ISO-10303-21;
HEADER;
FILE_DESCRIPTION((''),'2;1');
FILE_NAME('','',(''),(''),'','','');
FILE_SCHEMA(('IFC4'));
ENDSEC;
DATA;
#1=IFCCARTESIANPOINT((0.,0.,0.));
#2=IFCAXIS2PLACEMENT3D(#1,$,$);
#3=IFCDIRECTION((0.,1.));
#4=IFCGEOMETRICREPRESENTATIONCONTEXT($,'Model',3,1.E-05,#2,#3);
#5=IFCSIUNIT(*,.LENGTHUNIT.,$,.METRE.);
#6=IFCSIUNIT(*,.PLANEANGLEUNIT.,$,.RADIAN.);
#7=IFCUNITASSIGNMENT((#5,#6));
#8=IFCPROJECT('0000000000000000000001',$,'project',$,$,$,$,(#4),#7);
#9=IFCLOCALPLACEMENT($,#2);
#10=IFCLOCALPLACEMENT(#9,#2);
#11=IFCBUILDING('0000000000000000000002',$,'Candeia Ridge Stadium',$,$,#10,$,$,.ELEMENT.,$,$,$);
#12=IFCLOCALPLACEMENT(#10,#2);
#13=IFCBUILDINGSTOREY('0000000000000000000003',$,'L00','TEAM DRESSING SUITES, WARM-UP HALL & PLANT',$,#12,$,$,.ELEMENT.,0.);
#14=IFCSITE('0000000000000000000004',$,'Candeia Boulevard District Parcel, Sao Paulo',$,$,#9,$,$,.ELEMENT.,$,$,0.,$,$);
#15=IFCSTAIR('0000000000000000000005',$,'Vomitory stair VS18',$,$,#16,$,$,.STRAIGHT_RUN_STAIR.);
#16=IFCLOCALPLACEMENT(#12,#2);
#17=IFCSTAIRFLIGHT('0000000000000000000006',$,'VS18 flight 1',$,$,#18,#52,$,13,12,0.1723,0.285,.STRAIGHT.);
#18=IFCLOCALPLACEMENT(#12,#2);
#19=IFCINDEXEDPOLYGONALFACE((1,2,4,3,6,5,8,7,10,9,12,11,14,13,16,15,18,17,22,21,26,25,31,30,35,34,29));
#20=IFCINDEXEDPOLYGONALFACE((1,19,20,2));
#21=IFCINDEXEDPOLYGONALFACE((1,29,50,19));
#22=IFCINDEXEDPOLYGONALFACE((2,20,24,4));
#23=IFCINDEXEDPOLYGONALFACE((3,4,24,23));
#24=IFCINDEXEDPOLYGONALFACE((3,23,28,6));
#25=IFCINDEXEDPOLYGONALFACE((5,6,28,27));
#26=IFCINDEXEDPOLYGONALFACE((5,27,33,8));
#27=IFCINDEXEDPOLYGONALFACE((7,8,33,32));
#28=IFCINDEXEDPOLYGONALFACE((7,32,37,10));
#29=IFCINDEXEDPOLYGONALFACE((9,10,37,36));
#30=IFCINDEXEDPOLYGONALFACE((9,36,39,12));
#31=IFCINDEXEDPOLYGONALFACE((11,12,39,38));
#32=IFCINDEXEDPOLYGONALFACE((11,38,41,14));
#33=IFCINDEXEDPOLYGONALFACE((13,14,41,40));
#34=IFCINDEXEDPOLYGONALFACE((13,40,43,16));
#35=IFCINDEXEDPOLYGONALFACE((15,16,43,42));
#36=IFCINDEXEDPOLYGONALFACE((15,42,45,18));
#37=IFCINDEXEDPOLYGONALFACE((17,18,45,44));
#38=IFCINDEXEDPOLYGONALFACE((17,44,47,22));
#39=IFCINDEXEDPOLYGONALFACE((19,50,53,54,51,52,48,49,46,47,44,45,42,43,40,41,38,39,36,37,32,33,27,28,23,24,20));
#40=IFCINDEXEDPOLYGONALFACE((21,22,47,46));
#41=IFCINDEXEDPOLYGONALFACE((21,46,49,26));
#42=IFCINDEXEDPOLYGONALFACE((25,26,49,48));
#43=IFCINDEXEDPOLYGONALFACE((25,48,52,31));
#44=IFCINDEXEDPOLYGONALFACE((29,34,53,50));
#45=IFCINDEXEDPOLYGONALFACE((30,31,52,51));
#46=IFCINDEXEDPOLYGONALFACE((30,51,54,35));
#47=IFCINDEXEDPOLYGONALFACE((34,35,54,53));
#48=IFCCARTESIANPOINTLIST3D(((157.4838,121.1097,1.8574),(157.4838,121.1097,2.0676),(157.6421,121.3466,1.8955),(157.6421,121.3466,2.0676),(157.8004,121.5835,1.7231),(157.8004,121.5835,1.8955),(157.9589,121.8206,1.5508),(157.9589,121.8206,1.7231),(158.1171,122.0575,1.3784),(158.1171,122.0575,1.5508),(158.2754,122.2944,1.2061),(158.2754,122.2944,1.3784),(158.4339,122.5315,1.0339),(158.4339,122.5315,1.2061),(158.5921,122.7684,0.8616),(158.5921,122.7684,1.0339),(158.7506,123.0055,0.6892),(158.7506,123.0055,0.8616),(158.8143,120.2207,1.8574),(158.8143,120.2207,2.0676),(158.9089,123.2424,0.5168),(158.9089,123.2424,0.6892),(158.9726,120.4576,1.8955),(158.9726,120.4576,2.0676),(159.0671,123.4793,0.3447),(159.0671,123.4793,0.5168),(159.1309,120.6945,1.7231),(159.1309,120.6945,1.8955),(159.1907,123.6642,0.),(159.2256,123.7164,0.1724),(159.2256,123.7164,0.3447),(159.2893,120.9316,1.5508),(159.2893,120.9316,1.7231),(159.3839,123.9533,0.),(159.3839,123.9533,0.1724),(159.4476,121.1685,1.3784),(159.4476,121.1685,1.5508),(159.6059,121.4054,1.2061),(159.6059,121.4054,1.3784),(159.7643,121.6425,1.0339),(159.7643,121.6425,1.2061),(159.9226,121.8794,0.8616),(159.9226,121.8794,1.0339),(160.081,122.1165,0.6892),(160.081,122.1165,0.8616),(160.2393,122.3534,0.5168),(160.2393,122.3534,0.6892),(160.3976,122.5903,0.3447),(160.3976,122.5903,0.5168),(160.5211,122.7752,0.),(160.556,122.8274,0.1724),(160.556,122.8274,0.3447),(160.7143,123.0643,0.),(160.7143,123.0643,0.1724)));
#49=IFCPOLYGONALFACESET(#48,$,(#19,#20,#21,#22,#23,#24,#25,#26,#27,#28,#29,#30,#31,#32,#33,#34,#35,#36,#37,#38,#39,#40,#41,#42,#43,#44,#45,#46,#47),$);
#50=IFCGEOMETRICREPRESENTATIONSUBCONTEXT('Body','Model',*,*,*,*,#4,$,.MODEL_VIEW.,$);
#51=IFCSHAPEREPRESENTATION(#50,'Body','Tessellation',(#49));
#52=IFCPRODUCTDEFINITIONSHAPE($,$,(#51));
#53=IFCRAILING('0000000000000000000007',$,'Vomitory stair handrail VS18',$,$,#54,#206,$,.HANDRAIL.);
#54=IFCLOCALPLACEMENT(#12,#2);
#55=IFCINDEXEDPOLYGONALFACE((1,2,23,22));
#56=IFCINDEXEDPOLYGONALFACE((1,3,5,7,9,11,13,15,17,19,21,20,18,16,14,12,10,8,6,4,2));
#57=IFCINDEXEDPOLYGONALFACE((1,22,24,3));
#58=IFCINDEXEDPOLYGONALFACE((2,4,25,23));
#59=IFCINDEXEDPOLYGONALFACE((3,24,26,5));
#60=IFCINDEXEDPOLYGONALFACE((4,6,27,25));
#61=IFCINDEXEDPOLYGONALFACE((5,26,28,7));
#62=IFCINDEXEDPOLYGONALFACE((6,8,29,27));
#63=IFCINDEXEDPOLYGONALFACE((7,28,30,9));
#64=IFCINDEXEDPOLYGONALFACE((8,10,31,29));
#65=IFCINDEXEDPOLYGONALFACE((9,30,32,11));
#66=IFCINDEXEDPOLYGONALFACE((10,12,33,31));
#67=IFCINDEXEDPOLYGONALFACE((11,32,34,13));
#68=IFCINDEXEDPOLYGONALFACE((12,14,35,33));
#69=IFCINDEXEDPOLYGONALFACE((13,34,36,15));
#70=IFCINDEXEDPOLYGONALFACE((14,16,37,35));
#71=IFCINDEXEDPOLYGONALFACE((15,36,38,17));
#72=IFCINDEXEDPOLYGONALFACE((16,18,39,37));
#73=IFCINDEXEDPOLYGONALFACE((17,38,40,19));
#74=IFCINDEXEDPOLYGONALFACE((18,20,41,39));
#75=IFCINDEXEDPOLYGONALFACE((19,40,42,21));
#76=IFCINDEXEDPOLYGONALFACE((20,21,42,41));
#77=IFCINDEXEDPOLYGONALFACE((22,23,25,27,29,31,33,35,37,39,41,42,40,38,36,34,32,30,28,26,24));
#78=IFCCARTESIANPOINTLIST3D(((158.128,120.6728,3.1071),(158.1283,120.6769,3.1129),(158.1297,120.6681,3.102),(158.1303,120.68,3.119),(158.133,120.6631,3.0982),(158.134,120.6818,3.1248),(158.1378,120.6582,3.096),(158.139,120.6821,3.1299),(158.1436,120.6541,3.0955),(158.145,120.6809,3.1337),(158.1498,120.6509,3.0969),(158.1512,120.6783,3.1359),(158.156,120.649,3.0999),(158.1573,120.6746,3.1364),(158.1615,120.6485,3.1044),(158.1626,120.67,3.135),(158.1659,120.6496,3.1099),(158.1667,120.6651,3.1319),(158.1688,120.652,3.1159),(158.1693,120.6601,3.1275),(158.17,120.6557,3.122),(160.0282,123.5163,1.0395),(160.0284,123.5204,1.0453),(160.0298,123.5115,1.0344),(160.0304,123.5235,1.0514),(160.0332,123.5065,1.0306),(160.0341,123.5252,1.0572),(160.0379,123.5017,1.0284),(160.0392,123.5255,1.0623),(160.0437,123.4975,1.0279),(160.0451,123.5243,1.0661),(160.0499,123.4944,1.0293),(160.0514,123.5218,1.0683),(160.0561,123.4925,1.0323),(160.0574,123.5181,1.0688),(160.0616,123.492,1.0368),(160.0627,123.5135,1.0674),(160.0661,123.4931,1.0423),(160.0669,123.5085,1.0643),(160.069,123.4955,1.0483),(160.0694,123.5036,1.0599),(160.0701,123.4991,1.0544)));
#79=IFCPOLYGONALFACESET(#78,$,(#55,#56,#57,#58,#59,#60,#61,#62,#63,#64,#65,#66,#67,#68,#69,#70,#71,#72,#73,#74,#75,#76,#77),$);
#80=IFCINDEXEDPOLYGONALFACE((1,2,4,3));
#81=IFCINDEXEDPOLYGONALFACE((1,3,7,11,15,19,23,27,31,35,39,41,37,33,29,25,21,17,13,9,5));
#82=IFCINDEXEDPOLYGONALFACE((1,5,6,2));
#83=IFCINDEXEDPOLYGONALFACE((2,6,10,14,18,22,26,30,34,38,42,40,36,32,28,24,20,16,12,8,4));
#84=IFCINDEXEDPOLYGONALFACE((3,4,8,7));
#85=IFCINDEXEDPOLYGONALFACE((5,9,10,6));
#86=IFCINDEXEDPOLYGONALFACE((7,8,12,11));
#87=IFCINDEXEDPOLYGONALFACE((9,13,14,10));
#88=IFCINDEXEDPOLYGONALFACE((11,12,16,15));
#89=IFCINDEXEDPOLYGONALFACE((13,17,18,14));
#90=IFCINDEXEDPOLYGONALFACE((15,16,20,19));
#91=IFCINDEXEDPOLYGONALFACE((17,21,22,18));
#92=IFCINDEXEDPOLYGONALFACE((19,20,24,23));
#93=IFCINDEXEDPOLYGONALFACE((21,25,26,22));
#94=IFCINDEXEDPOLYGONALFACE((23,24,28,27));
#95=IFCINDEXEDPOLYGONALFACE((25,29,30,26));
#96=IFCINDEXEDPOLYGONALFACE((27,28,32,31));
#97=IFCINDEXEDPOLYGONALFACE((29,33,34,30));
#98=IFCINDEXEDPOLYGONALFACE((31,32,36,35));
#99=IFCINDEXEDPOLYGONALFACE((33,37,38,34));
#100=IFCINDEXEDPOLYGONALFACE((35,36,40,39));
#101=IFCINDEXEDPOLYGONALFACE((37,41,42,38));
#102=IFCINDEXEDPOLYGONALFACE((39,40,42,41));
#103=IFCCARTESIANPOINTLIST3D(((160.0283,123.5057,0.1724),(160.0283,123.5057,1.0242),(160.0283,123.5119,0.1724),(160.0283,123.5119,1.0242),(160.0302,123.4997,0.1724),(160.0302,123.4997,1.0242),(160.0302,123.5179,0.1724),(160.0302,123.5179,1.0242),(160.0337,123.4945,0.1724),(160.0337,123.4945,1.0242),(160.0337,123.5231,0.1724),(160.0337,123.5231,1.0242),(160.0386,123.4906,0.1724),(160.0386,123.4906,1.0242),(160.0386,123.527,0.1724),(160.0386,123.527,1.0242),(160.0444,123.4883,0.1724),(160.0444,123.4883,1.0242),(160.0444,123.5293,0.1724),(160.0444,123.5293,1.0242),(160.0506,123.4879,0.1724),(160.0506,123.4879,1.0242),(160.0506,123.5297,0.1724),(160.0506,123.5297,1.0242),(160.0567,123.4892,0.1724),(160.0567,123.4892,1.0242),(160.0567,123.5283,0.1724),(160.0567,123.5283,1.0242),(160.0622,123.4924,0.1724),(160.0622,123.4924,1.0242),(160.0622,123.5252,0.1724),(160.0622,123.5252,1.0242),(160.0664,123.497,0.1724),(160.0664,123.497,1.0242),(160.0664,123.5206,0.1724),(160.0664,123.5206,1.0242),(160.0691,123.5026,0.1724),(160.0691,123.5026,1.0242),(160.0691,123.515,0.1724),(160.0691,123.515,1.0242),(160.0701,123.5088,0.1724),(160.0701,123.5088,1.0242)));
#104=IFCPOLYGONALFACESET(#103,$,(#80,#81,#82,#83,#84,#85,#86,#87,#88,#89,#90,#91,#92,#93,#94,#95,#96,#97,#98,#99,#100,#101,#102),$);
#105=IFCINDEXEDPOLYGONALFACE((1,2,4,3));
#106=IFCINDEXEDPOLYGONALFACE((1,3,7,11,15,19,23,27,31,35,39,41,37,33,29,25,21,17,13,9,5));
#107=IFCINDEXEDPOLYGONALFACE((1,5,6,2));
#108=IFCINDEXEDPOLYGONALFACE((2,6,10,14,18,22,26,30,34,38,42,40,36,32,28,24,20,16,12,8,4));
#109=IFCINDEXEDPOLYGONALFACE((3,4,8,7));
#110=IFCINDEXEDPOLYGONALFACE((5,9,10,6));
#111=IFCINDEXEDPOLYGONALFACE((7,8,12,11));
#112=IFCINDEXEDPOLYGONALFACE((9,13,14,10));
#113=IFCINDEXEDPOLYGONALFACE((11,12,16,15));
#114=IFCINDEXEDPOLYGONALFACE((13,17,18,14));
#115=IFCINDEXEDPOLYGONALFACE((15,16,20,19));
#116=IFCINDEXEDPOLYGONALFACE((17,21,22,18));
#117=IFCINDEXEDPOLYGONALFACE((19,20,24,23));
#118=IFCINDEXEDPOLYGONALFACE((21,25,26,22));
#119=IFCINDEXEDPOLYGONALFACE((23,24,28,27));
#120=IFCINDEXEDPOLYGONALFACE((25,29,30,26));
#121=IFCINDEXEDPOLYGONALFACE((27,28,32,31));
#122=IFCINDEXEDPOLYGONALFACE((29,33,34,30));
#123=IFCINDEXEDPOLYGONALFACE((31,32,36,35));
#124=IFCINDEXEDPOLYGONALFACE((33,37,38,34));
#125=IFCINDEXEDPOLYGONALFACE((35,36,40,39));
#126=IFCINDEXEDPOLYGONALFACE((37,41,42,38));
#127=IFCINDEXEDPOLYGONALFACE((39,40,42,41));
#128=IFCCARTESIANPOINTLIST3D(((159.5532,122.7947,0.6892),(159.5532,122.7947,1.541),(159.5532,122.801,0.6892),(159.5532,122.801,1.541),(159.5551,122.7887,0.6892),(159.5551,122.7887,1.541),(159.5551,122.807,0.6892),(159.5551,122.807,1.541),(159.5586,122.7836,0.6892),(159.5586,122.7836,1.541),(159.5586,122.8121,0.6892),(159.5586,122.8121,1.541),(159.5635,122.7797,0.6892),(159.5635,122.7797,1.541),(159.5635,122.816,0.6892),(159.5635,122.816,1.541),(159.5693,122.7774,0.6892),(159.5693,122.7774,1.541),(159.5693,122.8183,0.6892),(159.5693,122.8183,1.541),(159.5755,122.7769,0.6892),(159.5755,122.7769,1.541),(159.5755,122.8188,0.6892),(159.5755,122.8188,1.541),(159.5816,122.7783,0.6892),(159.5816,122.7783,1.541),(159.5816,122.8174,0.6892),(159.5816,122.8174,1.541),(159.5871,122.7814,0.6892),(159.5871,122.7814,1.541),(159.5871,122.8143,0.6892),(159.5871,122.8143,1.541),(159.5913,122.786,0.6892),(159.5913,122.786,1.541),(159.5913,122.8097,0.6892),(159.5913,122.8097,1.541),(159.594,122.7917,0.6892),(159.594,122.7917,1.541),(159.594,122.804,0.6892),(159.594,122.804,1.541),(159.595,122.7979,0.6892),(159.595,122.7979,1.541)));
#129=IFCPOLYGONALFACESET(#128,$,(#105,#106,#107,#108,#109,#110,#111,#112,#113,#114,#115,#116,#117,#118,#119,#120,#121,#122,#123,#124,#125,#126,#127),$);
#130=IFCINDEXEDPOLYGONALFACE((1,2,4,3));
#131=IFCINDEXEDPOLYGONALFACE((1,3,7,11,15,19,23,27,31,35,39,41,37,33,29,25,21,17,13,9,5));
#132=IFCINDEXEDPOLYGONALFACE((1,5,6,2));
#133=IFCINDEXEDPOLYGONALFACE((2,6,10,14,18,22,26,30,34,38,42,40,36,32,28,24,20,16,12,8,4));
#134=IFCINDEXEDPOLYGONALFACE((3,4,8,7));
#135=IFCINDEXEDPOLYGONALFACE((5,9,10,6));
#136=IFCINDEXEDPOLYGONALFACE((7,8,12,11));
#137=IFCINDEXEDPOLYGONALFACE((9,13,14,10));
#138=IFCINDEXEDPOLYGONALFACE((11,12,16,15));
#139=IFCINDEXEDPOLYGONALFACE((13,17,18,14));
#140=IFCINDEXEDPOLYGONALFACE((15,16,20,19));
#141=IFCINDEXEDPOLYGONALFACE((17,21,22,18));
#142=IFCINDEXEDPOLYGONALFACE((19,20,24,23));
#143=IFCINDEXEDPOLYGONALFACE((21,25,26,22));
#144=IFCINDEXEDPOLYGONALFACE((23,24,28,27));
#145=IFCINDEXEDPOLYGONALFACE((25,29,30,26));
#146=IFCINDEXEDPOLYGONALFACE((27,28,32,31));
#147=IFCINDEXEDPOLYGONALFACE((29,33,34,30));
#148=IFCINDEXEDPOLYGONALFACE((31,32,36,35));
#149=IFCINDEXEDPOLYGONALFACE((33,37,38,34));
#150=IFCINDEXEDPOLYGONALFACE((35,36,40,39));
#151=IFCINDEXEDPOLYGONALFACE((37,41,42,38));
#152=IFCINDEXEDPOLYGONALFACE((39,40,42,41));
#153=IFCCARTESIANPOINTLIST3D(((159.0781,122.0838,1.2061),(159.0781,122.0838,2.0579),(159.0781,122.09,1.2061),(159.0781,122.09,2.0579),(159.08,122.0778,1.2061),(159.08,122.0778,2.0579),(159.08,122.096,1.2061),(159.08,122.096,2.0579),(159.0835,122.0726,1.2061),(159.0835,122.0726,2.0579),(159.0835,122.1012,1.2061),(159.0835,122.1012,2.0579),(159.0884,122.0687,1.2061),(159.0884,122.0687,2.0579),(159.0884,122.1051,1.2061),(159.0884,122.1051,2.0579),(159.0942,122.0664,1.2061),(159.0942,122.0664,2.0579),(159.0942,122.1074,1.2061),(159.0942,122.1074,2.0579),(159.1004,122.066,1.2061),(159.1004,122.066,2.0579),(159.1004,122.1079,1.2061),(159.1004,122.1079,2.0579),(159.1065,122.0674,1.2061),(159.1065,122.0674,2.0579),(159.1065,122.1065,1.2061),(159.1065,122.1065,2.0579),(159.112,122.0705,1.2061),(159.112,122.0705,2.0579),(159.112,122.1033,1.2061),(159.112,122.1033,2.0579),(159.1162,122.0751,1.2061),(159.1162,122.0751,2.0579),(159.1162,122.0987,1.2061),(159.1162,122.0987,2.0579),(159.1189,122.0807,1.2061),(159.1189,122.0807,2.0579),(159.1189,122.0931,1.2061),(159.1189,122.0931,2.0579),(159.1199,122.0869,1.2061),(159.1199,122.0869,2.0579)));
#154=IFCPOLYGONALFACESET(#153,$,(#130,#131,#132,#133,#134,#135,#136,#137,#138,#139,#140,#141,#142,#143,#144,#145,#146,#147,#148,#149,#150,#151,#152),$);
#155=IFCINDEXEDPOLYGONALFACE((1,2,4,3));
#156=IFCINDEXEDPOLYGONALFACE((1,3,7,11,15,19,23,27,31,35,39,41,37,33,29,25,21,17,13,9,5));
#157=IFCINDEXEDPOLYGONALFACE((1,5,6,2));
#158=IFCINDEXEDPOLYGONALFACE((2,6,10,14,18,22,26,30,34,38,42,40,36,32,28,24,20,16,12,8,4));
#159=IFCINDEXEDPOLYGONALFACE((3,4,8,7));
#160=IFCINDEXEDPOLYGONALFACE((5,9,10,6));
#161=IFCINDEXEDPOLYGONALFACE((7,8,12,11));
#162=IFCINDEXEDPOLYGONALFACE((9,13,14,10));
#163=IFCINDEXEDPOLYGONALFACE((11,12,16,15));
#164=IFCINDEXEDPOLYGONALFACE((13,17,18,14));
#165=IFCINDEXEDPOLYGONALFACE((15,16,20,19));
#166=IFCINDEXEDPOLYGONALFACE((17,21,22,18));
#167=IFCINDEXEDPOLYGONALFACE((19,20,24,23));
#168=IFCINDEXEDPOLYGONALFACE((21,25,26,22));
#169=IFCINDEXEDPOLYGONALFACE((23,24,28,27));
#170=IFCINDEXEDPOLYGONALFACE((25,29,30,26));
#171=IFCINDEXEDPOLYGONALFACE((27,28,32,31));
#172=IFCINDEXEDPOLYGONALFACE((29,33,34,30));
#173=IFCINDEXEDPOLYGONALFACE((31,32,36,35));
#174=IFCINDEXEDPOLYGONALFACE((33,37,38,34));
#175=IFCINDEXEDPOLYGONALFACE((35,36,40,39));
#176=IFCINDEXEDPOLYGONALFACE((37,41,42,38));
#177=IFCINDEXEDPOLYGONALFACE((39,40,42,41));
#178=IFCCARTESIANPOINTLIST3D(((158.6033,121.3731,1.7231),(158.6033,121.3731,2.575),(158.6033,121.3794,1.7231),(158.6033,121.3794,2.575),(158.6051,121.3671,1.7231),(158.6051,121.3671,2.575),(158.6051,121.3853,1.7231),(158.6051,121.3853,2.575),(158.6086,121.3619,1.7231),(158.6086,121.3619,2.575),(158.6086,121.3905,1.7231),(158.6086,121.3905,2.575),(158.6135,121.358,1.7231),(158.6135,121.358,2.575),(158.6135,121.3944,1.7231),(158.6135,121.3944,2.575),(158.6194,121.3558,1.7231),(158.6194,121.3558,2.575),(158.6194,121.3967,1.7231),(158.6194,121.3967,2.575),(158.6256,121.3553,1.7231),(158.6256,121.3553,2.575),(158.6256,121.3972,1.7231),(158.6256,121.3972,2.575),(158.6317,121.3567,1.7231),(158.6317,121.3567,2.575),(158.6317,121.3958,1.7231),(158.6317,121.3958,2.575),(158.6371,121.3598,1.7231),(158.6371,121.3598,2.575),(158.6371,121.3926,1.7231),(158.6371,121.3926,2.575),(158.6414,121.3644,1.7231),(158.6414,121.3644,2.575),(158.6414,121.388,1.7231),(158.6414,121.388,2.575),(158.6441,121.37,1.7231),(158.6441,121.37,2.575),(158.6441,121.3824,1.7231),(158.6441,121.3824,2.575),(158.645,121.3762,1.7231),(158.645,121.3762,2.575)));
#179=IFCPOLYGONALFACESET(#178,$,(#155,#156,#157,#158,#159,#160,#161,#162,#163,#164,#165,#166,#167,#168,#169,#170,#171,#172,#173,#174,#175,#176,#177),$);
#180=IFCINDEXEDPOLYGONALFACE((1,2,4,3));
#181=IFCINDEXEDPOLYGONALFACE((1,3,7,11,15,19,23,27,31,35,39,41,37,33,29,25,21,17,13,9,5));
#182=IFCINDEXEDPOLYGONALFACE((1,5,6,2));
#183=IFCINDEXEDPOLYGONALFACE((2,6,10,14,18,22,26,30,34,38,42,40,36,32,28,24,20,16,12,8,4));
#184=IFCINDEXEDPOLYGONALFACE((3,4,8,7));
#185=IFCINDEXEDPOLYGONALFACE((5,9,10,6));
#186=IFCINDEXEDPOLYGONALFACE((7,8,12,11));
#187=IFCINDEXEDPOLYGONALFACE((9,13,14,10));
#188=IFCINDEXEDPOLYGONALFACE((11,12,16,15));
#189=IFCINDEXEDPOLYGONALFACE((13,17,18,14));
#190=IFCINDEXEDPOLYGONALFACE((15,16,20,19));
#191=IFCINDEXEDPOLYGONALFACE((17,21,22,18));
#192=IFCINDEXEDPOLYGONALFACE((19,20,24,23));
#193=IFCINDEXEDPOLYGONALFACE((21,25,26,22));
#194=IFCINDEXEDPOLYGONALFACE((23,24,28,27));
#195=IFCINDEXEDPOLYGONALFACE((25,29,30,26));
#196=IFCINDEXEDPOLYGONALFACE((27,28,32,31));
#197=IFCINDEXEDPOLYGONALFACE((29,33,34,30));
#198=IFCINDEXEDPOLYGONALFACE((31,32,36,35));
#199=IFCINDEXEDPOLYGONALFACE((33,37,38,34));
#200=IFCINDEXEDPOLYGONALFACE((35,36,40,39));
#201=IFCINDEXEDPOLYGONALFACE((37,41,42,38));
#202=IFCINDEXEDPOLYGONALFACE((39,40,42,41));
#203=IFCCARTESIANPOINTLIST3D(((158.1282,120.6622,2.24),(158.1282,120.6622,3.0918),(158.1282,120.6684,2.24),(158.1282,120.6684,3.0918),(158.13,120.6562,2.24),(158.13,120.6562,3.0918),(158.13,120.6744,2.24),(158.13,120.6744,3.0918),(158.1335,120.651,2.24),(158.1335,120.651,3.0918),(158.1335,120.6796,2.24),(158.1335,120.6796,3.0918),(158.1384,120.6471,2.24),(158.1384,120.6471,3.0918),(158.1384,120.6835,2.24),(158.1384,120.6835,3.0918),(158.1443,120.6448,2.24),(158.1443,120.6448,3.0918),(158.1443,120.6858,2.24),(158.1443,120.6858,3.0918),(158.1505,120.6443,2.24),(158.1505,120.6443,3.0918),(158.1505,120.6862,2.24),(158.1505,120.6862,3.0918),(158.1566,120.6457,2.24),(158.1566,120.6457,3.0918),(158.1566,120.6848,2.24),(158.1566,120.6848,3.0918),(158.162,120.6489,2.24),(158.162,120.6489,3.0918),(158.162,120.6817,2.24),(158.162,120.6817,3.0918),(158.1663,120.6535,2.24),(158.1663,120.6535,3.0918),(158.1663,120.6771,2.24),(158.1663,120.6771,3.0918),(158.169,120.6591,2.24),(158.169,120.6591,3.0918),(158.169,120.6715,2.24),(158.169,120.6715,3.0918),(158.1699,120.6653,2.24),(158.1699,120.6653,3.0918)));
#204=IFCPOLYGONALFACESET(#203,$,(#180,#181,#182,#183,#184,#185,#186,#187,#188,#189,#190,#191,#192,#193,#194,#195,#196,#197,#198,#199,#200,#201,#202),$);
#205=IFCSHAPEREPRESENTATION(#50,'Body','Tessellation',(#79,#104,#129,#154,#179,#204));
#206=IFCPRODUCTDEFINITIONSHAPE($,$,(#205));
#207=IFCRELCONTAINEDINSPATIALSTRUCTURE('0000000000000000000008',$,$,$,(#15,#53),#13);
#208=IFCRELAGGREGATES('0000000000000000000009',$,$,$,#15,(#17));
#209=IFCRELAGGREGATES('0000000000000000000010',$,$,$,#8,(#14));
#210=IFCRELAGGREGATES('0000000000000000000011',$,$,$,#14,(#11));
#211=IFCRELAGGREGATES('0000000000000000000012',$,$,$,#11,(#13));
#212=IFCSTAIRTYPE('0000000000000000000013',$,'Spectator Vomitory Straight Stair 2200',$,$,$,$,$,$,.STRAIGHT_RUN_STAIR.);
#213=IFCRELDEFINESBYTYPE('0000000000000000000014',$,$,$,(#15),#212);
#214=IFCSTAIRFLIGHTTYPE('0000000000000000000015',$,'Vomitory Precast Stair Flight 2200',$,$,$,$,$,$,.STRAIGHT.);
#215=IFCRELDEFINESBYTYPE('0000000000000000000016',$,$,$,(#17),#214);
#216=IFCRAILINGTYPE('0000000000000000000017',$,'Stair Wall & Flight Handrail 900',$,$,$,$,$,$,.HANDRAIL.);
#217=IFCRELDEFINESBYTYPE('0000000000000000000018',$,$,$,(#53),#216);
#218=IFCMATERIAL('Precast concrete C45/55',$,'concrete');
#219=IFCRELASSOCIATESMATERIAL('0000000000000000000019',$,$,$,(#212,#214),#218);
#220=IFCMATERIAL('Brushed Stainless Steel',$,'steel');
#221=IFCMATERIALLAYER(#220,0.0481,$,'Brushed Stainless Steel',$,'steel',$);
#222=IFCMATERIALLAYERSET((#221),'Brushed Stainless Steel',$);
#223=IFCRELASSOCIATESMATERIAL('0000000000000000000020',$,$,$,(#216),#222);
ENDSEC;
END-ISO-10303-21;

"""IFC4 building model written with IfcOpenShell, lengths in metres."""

from ifc_helpers import new_model, si_unit, direction, frame, origin, origin_2d, place, context, subcontext, project, spatial, polyline, circle, outline, extrude, material, layer, layer_set, type_object, element, aggregate, save


model = new_model("IFC4")

# Units and contexts
model_context = context("Model", 3, precision=1e-05, world=origin(), true_north=direction((0.0, 1.0)))
body_context = subcontext(model_context, "Body", "Model", "MODEL_VIEW")
ifc_project = project(units=[si_unit("LENGTHUNIT", "METRE"), si_unit("PLANEANGLEUNIT", "RADIAN")], contexts=[model_context])

# Site, building, storey
site_placement = place(None, origin())
site = spatial("IfcSite", under=ifc_project, at=site_placement, Name="Candeia Boulevard District Parcel, Sao Paulo", CompositionType="ELEMENT", RefElevation=0.0)
building_placement = place(site_placement, origin())
building = spatial("IfcBuilding", under=site, at=building_placement, Name="Candeia Ridge Stadium", CompositionType="ELEMENT")
storey_placement = place(building_placement, origin())
storey = spatial("IfcBuildingStorey", under=building, at=storey_placement, Name="L00", Description="TEAM DRESSING SUITES, WARM-UP HALL & PLANT", CompositionType="ELEMENT", Elevation=0.0)

# Shared definitions
ifc_material_1 = material(Name="Precast concrete C45/55", Category="concrete")

# Stair, stair flight
stair_type = type_object("IfcStairType", Name="Spectator Vomitory Straight Stair 2200", PredefinedType="STRAIGHT_RUN_STAIR", material=ifc_material_1)
stair_placement = place(storey_placement, origin())
stair = element("IfcStair", 1, at=stair_placement, inside=storey, type_object=stair_type, Name="Vomitory stair VS18", PredefinedType="STRAIGHT_RUN_STAIR")
stair_flight_type = type_object("IfcStairFlightType", Name="Vomitory Precast Stair Flight 2200", PredefinedType="STRAIGHT", material=ifc_material_1)
stair_flight_placement = place(storey_placement, frame((160.0491, 123.5088, 0.0), z_axis=(0.0, 0.0, 1.0), x_axis=(-0.55557, -0.83147, 0.0)))
stair_flight = element("IfcStairFlight", 2, at=stair_flight_placement, type_object=stair_flight_type, Name="VS18 flight 1", NumberOfRisers=13, NumberOfTreads=12, PredefinedType="STRAIGHT", RiserHeight=0.1723, TreadLength=0.285, context=body_context, shape_type="SweptSolid", body=[
    extrude(outline(polyline([(0.0, 0.0), (0.0, 0.1724), (0.2849, 0.1724), (0.2849, 0.3447), (0.5701, 0.3447), (0.5701, 0.5168), (0.855, 0.5168), (0.855, 0.6892), (1.1399, 0.6892), (1.1399, 0.8616), (1.425, 0.8616), (1.425, 1.0339), (1.71, 1.0339), (1.71, 1.2061), (1.9951, 1.2061), (1.9951, 1.3784), (2.28, 1.3784), (2.28, 1.5508), (2.5649, 1.5508), (2.5649, 1.7231), (2.8501, 1.7231), (2.8501, 1.8955), (3.135, 1.8955), (3.135, 2.0676), (3.4199, 2.0676), (3.4199, 2.24), (3.4199, 1.8574), (0.3477, 0.0), (0.0, 0.0)])), frame((0.0, 0.8, 0.0), z_axis=(0.0, -1.0, 0.0), x_axis=(1.0, 0.0, 0.0)), (0.0, 0.0, 1.0), 1.6001),
])
aggregate(stair, [stair_flight])

# Railing
ifc_material_2 = material(Name="Brushed Stainless Steel", Category="steel")
ifc_layer_1 = layer(ifc_material_2, 0.0481, Name="Brushed Stainless Steel", Category="steel")
ifc_layer_set_1 = layer_set([ifc_layer_1], Name="Brushed Stainless Steel")
railing_type_1 = type_object("IfcRailingType", Name="Stair Wall & Flight Handrail 900", PredefinedType="HANDRAIL", material=ifc_layer_set_1)
railing_1_placement = place(storey_placement, frame((160.0491, 123.5088, 0.1724)))
element("IfcRailing", 3, at=railing_1_placement, inside=storey, type_object=railing_type_1, Name="Vomitory stair handrail VS18", PredefinedType="HANDRAIL", context=body_context, shape_type="SweptSolid", body=[
    extrude(circle(Radius=0.0239, at=origin_2d()), frame((0.0, 0.0, 0.876), z_axis=(-0.475465, -0.711518, 0.517373), x_axis=(0.831446, -0.555606, 0.0)), (0.0, 0.0, 1.0), 3.9963),
    extrude(circle(Radius=0.021, at=origin_2d()), origin(), (0.0, 0.0, 1.0), 0.8518),
    extrude(circle(Radius=0.021, at=origin_2d()), frame((-0.4751, -0.7109, 0.5168)), (0.0, 0.0, 1.0), 0.8518),
    extrude(circle(Radius=0.021, at=origin_2d()), frame((-0.9502, -1.4219, 1.0337)), (0.0, 0.0, 1.0), 0.8518),
    extrude(circle(Radius=0.021, at=origin_2d()), frame((-1.425, -2.1326, 1.5508)), (0.0, 0.0, 1.0), 0.8518),
    extrude(circle(Radius=0.021, at=origin_2d()), frame((-1.9001, -2.8435, 2.0676)), (0.0, 0.0, 1.0), 0.8518),
])

save(model, "model.ifc")
